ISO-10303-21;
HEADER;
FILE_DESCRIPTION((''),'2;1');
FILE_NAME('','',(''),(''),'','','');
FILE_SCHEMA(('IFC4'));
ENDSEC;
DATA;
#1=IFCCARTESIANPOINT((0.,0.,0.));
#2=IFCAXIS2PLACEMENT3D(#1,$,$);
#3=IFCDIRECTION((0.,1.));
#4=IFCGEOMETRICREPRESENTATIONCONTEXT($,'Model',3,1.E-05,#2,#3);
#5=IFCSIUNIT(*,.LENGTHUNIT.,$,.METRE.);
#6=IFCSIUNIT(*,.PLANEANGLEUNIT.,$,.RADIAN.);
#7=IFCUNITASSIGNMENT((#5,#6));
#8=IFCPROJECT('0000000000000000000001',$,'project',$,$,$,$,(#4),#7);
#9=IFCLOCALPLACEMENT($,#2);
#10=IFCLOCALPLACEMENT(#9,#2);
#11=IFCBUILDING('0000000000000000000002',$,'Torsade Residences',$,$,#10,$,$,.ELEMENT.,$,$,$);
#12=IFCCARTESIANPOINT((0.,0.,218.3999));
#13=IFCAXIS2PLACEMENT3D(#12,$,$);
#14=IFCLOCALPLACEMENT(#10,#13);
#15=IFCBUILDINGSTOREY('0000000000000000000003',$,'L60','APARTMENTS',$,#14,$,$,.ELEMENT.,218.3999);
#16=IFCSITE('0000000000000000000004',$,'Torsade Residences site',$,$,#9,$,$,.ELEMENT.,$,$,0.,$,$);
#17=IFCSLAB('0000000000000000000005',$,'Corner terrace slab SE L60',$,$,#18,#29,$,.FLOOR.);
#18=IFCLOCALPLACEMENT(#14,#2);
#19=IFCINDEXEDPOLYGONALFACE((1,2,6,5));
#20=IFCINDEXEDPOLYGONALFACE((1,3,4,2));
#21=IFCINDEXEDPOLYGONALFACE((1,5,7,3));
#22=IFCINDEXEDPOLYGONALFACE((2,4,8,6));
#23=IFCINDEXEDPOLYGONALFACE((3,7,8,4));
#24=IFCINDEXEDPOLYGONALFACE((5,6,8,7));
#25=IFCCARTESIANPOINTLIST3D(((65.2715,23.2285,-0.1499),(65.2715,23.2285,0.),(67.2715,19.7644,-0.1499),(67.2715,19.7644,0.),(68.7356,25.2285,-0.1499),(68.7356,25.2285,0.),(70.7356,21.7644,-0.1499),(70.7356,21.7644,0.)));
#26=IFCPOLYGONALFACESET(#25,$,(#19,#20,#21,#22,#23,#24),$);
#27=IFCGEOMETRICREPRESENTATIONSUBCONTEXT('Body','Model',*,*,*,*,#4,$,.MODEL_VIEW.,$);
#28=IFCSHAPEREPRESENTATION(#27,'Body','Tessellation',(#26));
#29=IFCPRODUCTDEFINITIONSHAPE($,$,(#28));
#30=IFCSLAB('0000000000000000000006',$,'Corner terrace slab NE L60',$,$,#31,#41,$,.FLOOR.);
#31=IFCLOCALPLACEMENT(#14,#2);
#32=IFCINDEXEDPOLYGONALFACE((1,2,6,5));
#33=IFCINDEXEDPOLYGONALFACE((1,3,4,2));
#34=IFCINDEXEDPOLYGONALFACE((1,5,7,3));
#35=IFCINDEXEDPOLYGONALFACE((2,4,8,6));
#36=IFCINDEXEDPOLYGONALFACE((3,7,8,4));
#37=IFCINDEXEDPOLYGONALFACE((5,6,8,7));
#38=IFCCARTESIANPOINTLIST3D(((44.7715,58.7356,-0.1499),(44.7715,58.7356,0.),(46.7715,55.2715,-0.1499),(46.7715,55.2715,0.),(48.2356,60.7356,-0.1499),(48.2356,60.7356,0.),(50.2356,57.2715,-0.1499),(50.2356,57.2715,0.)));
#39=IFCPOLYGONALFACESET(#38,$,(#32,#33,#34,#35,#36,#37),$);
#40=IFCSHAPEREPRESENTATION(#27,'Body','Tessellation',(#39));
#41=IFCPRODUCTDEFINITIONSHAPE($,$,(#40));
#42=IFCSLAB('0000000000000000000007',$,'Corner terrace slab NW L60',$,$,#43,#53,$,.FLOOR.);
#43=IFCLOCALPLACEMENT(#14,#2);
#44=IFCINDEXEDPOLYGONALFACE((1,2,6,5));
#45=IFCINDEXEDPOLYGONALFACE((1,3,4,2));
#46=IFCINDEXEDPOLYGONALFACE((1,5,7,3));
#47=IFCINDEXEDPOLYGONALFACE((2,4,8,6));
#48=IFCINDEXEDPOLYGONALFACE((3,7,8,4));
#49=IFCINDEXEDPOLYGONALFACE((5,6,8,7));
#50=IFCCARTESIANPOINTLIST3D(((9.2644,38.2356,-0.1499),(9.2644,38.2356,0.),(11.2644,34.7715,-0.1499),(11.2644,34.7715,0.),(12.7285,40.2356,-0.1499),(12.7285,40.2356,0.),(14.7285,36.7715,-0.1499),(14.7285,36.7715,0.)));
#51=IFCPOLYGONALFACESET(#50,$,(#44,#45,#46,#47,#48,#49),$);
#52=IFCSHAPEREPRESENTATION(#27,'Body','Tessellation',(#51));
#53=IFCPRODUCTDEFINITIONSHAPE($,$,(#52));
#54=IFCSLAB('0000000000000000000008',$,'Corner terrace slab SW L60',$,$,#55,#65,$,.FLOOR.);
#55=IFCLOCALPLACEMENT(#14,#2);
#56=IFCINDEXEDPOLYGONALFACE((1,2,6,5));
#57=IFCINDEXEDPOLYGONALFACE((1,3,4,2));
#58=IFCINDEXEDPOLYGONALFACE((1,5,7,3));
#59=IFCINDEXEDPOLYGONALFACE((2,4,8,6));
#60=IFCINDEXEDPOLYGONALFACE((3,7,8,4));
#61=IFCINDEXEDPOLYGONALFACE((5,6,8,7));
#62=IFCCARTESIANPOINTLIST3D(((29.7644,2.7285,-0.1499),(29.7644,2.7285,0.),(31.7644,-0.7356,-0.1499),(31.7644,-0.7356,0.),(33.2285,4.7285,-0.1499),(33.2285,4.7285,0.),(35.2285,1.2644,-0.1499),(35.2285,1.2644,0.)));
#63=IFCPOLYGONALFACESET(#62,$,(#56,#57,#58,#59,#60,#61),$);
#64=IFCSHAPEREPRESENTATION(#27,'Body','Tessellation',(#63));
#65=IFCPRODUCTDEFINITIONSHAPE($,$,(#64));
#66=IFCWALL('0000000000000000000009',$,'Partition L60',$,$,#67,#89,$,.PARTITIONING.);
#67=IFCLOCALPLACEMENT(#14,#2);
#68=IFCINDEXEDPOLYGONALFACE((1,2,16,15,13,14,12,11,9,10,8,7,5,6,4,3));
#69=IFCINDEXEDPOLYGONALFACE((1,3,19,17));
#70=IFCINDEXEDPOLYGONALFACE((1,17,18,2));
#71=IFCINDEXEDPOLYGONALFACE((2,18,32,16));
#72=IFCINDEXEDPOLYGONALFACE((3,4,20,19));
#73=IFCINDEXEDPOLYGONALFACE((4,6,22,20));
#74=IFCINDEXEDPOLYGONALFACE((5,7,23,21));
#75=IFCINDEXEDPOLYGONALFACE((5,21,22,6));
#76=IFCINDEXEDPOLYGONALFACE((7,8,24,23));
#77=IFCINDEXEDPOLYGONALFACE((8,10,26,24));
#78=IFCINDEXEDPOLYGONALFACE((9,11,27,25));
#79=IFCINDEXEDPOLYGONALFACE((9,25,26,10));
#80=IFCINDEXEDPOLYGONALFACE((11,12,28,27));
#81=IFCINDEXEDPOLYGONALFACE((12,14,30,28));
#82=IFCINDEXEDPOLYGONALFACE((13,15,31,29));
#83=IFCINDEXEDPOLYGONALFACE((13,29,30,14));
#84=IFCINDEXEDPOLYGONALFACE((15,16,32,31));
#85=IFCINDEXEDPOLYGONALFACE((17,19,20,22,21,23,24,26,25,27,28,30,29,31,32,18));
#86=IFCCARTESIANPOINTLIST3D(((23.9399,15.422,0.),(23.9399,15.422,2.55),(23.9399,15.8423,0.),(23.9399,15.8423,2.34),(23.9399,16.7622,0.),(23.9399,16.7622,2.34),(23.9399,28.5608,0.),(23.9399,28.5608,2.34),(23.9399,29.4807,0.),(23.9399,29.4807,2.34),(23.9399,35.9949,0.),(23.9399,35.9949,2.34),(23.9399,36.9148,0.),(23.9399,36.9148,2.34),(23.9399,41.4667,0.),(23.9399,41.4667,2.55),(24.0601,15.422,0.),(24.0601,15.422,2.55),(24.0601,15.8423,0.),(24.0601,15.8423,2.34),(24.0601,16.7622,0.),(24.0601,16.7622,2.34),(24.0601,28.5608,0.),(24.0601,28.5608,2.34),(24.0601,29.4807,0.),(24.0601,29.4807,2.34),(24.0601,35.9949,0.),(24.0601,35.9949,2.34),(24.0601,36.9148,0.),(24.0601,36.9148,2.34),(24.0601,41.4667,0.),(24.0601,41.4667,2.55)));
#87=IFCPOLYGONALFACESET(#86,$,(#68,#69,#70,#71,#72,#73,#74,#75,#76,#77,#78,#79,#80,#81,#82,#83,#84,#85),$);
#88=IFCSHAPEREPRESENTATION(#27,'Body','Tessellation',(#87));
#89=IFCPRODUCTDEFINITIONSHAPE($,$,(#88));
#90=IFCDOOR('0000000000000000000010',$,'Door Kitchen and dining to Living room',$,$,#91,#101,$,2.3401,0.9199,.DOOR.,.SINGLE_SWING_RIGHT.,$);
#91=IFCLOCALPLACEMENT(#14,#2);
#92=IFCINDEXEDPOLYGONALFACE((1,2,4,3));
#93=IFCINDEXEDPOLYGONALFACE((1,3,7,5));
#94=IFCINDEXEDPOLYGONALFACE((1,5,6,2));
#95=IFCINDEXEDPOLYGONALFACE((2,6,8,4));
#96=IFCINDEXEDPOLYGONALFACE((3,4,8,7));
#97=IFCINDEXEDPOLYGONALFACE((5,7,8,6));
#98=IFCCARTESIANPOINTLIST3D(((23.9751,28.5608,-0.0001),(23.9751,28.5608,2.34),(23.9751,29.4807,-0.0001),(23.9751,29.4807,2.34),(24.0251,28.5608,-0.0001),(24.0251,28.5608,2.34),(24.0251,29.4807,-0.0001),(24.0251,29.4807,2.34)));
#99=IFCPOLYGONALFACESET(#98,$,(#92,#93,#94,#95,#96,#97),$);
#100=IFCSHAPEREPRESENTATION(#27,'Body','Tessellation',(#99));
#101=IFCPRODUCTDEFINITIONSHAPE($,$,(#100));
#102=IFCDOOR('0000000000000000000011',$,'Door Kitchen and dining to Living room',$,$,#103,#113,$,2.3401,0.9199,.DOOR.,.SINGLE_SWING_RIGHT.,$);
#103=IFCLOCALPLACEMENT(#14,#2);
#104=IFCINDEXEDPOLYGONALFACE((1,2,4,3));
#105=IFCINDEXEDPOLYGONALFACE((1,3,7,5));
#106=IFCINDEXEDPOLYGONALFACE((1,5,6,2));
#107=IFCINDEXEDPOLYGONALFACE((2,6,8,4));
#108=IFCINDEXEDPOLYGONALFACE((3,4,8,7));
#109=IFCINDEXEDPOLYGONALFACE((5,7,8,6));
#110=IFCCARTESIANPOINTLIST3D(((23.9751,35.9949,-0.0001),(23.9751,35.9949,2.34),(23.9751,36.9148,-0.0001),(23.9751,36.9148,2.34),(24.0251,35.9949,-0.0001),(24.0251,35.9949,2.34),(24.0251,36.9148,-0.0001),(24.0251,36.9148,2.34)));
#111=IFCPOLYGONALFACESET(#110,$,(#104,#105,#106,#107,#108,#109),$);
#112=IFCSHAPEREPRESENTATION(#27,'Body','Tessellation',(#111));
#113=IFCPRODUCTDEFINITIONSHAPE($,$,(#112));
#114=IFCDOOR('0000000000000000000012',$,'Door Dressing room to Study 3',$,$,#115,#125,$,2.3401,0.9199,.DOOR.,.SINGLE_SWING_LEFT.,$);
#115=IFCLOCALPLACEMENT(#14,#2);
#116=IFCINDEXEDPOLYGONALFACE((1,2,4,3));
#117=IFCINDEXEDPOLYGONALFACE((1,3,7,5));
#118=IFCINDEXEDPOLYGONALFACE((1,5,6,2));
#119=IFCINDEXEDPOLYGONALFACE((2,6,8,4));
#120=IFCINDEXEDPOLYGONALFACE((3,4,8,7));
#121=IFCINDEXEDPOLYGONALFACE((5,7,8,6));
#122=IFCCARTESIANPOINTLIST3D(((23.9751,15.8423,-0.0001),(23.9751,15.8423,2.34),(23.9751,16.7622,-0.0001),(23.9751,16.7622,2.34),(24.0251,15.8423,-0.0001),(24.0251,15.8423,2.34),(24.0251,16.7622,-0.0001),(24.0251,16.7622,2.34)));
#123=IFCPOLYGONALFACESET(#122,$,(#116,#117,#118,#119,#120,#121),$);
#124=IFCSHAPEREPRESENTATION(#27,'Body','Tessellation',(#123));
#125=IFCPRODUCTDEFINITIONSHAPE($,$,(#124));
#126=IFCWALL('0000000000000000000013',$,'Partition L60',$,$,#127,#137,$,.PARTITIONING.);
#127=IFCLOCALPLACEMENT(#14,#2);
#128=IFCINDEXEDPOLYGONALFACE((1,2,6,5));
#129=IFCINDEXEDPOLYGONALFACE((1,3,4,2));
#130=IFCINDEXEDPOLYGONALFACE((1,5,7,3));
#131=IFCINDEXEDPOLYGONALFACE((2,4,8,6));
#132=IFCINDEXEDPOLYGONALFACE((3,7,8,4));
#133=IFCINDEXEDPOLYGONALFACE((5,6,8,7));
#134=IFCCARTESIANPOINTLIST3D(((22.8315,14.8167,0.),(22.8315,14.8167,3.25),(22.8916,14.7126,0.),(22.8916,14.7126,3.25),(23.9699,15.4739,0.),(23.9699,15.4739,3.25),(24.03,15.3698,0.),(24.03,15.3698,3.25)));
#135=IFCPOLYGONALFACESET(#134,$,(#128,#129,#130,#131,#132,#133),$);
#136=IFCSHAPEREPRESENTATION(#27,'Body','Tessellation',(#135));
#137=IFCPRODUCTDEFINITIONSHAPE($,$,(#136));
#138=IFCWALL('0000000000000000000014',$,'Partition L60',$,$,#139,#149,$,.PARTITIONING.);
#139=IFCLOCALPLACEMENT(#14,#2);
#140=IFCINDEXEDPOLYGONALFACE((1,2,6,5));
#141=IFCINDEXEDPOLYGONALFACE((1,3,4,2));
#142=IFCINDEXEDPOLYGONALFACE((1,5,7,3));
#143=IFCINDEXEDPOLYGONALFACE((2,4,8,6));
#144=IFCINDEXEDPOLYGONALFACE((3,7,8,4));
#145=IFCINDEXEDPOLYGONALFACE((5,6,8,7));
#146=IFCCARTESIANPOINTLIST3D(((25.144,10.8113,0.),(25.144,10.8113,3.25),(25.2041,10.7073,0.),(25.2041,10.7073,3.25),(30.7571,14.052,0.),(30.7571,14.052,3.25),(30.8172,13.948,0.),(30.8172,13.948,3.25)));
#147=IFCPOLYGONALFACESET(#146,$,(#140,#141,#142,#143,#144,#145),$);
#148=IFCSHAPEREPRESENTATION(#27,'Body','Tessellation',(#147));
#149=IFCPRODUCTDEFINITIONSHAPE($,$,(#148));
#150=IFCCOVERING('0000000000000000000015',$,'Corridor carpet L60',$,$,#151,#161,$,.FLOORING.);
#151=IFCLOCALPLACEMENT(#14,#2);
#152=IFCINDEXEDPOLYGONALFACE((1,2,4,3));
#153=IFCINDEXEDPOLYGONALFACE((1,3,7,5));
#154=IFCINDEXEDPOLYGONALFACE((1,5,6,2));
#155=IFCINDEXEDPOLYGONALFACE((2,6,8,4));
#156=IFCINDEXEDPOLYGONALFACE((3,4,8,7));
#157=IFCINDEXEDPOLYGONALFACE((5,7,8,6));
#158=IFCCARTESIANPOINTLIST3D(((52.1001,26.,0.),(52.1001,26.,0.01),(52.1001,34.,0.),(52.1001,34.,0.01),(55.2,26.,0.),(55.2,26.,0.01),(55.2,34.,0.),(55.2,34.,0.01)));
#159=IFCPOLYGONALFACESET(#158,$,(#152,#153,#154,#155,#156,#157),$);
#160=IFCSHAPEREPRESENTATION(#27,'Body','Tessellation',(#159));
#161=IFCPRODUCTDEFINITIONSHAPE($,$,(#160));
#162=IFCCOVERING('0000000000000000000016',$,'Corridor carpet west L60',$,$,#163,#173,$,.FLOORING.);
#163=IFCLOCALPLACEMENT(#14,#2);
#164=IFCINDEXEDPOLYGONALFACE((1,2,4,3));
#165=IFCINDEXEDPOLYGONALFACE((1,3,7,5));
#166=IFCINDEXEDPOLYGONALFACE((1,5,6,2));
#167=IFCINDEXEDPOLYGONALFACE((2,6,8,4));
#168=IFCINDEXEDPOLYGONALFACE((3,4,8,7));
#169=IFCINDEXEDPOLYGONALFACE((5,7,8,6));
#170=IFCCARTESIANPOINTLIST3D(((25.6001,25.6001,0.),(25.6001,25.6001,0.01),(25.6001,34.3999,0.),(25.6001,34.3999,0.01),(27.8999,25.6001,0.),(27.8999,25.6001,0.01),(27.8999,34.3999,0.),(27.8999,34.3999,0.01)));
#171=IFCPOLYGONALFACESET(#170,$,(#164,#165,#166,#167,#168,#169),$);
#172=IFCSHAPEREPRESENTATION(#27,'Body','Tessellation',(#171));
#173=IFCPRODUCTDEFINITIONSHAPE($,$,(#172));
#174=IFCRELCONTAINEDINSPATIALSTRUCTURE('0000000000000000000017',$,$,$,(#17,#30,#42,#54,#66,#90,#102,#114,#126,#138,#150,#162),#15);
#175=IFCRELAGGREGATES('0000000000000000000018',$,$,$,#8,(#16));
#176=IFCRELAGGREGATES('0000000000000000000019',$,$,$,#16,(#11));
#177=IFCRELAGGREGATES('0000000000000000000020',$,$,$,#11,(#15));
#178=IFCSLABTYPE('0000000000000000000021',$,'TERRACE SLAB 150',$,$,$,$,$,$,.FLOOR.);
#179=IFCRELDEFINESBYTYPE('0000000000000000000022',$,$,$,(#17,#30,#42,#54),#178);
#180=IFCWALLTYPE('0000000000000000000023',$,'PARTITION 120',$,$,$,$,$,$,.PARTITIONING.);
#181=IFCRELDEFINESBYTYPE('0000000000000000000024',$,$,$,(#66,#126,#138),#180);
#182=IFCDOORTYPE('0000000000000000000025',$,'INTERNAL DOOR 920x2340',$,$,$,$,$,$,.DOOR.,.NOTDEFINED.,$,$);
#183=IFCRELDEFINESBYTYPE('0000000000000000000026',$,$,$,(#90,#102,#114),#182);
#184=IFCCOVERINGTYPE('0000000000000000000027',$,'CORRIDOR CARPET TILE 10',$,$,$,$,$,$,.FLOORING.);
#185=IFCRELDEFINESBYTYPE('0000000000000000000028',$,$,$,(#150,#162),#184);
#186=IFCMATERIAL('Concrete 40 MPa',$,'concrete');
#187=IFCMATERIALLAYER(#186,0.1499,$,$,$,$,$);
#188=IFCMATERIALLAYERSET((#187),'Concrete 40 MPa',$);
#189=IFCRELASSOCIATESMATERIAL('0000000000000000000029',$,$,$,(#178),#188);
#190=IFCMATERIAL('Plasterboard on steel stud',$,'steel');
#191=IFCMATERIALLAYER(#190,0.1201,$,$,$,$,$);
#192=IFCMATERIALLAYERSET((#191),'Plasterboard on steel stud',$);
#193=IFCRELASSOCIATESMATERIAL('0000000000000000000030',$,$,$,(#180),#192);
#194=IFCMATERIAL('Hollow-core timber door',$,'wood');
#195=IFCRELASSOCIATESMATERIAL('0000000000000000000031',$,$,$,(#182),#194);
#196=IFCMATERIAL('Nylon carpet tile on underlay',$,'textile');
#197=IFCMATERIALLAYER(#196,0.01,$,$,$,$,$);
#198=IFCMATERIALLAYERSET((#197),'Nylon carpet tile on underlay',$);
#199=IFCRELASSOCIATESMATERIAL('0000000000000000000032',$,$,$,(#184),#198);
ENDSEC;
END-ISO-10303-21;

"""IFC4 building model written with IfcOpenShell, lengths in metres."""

from ifc_helpers import new_model, si_unit, direction, frame, frame_2d, origin, place, context, subcontext, project, spatial, polyline, rectangle, outline, extrude, material, layer, layer_set, type_object, element, fill, save


model = new_model("IFC4")

# Units and contexts
model_context = context("Model", 3, precision=1e-05, world=origin(), true_north=direction((0.0, 1.0)))
body_context = subcontext(model_context, "Body", "Model", "MODEL_VIEW")
ifc_project = project(units=[si_unit("LENGTHUNIT", "METRE"), si_unit("PLANEANGLEUNIT", "RADIAN")], contexts=[model_context])

# Site, building, storey
site_placement = place(None, origin())
site = spatial("IfcSite", under=ifc_project, at=site_placement, Name="Torsade Residences site", CompositionType="ELEMENT", RefElevation=0.0)
building_placement = place(site_placement, origin())
building = spatial("IfcBuilding", under=site, at=building_placement, Name="Torsade Residences", CompositionType="ELEMENT")
storey_placement = place(building_placement, frame((0.0, 0.0, 218.3999)))
storey = spatial("IfcBuildingStorey", under=building, at=storey_placement, Name="L60", Description="APARTMENTS", CompositionType="ELEMENT", Elevation=218.3999)

# Slabs
ifc_material_1 = material(Name="Concrete 40 MPa", Category="concrete")
ifc_layer_1 = layer(ifc_material_1, 0.1499)
ifc_layer_set_1 = layer_set([ifc_layer_1], Name="Concrete 40 MPa")
slab_type_1 = type_object("IfcSlabType", Name="TERRACE SLAB 150", PredefinedType="FLOOR", material=ifc_layer_set_1)
slab_1_placement = place(storey_placement, frame((0.0, 0.0, -0.1499)))
element("IfcSlab", 1, at=slab_1_placement, inside=storey, type_object=slab_type_1, Name="Corner terrace slab SE L60", PredefinedType="FLOOR", context=body_context, shape_type="SweptSolid", body=[
    extrude(outline(polyline([(67.2715, 19.7644), (70.7356, 21.7644), (68.7356, 25.2285), (65.2715, 23.2285), (67.2715, 19.7644)])), origin(), (0.0, 0.0, 1.0), 0.1499),
])
slab_2_placement = place(storey_placement, frame((0.0, 0.0, -0.1499)))
element("IfcSlab", 2, at=slab_2_placement, inside=storey, type_object=slab_type_1, Name="Corner terrace slab NE L60", PredefinedType="FLOOR", context=body_context, shape_type="SweptSolid", body=[
    extrude(outline(polyline([(46.7715, 55.2715), (50.2356, 57.2715), (48.2356, 60.7356), (44.7715, 58.7356), (46.7715, 55.2715)])), origin(), (0.0, 0.0, 1.0), 0.1499),
])
slab_3_placement = place(storey_placement, frame((0.0, 0.0, -0.1499)))
element("IfcSlab", 3, at=slab_3_placement, inside=storey, type_object=slab_type_1, Name="Corner terrace slab NW L60", PredefinedType="FLOOR", context=body_context, shape_type="SweptSolid", body=[
    extrude(outline(polyline([(11.2644, 34.7715), (14.7285, 36.7715), (12.7285, 40.2356), (9.2644, 38.2356), (11.2644, 34.7715)])), origin(), (0.0, 0.0, 1.0), 0.1499),
])
slab_4_placement = place(storey_placement, frame((0.0, 0.0, -0.1499)))
element("IfcSlab", 4, at=slab_4_placement, inside=storey, type_object=slab_type_1, Name="Corner terrace slab SW L60", PredefinedType="FLOOR", context=body_context, shape_type="SweptSolid", body=[
    extrude(outline(polyline([(31.7644, -0.7356), (35.2285, 1.2644), (33.2285, 4.7285), (29.7644, 2.7285), (31.7644, -0.7356)])), origin(), (0.0, 0.0, 1.0), 0.1499),
])

# Wall, openings, doors
ifc_material_2 = material(Name="Plasterboard on steel stud", Category="steel")
ifc_layer_2 = layer(ifc_material_2, 0.1201)
ifc_layer_set_2 = layer_set([ifc_layer_2], Name="Plasterboard on steel stud")
wall_type = type_object("IfcWallType", Name="PARTITION 120", PredefinedType="PARTITIONING", material=ifc_layer_set_2)
wall_1_placement = place(storey_placement, frame((24.0, 15.4219, 0.0), z_axis=(0.0, 0.0, 1.0), x_axis=(0.0, 1.0, 0.0)))
wall_1 = element("IfcWall", 5, at=wall_1_placement, inside=storey, type_object=wall_type, Name="Partition L60", PredefinedType="PARTITIONING", context=body_context, shape_type="SweptSolid", body=[
    extrude(rectangle(XDim=26.0447, YDim=0.1201, at=frame_2d((13.0225, 0.0))), origin(), (0.0, 0.0, 1.0), 2.55),
])
opening_1_placement = place(wall_1_placement, frame((13.1389, 0.0, 0.0)))
opening_1 = element("IfcOpeningElement", 6, at=opening_1_placement, cuts=wall_1, PredefinedType="OPENING", context=body_context, shape_type="SweptSolid", body=[
    extrude(rectangle(XDim=0.9199, YDim=2.3401, at=frame_2d((0.46, 1.1699))), frame((0.0, 0.0701, 0.0), z_axis=(0.0, -1.0, 0.0), x_axis=(1.0, 0.0, 0.0)), (0.0, 0.0, 1.0), 0.1401),
])
opening_2_placement = place(wall_1_placement, frame((20.573, 0.0, 0.0)))
opening_2 = element("IfcOpeningElement", 7, at=opening_2_placement, cuts=wall_1, PredefinedType="OPENING", context=body_context, shape_type="SweptSolid", body=[
    extrude(rectangle(XDim=0.9199, YDim=2.3401, at=frame_2d((0.46, 1.1699))), frame((0.0, 0.0701, 0.0), z_axis=(0.0, -1.0, 0.0), x_axis=(1.0, 0.0, 0.0)), (0.0, 0.0, 1.0), 0.1401),
])
opening_3_placement = place(wall_1_placement, frame((0.4204, 0.0, 0.0)))
opening_3 = element("IfcOpeningElement", 8, at=opening_3_placement, cuts=wall_1, PredefinedType="OPENING", context=body_context, shape_type="SweptSolid", body=[
    extrude(rectangle(XDim=0.9199, YDim=2.3401, at=frame_2d((0.46, 1.1699))), frame((0.0, 0.0701, 0.0), z_axis=(0.0, -1.0, 0.0), x_axis=(1.0, 0.0, 0.0)), (0.0, 0.0, 1.0), 0.1401),
])
ifc_material_3 = material(Name="Hollow-core timber door", Category="wood")
door_type = type_object("IfcDoorType", Name="INTERNAL DOOR 920x2340", OperationType="NOTDEFINED", PredefinedType="DOOR", material=ifc_material_3)
door_1_placement = place(opening_1_placement, origin())
door_1 = element("IfcDoor", 9, at=door_1_placement, inside=storey, type_object=door_type, Name="Door Kitchen and dining to Living room", OperationType="SINGLE_SWING_RIGHT", OverallHeight=2.3401, OverallWidth=0.9199, PredefinedType="DOOR", context=body_context, shape_type="SweptSolid", body=[
    extrude(rectangle(XDim=0.9199, YDim=2.3401, at=frame_2d((0.46, 1.1699))), frame((0.0, 0.0249, 0.0), z_axis=(0.0, -1.0, 0.0), x_axis=(1.0, 0.0, 0.0)), (0.0, 0.0, 1.0), 0.05),
])
fill(opening_1, door_1)
door_2_placement = place(opening_2_placement, origin())
door_2 = element("IfcDoor", 10, at=door_2_placement, inside=storey, type_object=door_type, Name="Door Kitchen and dining to Living room", OperationType="SINGLE_SWING_RIGHT", OverallHeight=2.3401, OverallWidth=0.9199, PredefinedType="DOOR", context=body_context, shape_type="SweptSolid", body=[
    extrude(rectangle(XDim=0.9199, YDim=2.3401, at=frame_2d((0.46, 1.1699))), frame((0.0, 0.0249, 0.0), z_axis=(0.0, -1.0, 0.0), x_axis=(1.0, 0.0, 0.0)), (0.0, 0.0, 1.0), 0.05),
])
fill(opening_2, door_2)
door_3_placement = place(opening_3_placement, origin())
door_3 = element("IfcDoor", 11, at=door_3_placement, inside=storey, type_object=door_type, Name="Door Dressing room to Study 3", OperationType="SINGLE_SWING_LEFT", OverallHeight=2.3401, OverallWidth=0.9199, PredefinedType="DOOR", context=body_context, shape_type="SweptSolid", body=[
    extrude(rectangle(XDim=0.9199, YDim=2.3401, at=frame_2d((0.46, 1.1699))), frame((0.0, 0.0249, 0.0), z_axis=(0.0, -1.0, 0.0), x_axis=(1.0, 0.0, 0.0)), (0.0, 0.0, 1.0), 0.05),
])
fill(opening_3, door_3)

# Walls
wall_2_placement = place(storey_placement, frame((22.8616, 14.7646, 0.0), z_axis=(0.0, 0.0, 1.0), x_axis=(0.86604, 0.499974, 0.0)))
element("IfcWall", 12, at=wall_2_placement, inside=storey, type_object=wall_type, Name="Partition L60", PredefinedType="PARTITIONING", context=body_context, shape_type="SweptSolid", body=[
    extrude(rectangle(XDim=1.3145, YDim=0.1201, at=frame_2d((0.6572, 0.0))), origin(), (0.0, 0.0, 1.0), 3.25),
])
wall_3_placement = place(storey_placement, frame((25.1741, 10.7593, 0.0), z_axis=(0.0, 0.0, 1.0), x_axis=(0.866023, 0.500004, 0.0)))
element("IfcWall", 13, at=wall_3_placement, inside=storey, type_object=wall_type, Name="Partition L60", PredefinedType="PARTITIONING", context=body_context, shape_type="SweptSolid", body=[
    extrude(rectangle(XDim=6.4814, YDim=0.1201, at=frame_2d((3.2407, 0.0))), origin(), (0.0, 0.0, 1.0), 3.25),
])

# Coverings
ifc_material_4 = material(Name="Nylon carpet tile on underlay", Category="textile")
ifc_layer_3 = layer(ifc_material_4, 0.01)
ifc_layer_set_3 = layer_set([ifc_layer_3], Name="Nylon carpet tile on underlay")
covering_type_1 = type_object("IfcCoveringType", Name="CORRIDOR CARPET TILE 10", PredefinedType="FLOORING", material=ifc_layer_set_3)
covering_1_placement = place(storey_placement, origin())
element("IfcCovering", 14, at=covering_1_placement, inside=storey, type_object=covering_type_1, Name="Corridor carpet L60", PredefinedType="FLOORING", context=body_context, shape_type="SweptSolid", body=[
    extrude(outline(polyline([(55.2, 26.0), (55.2, 34.0), (52.1001, 34.0), (52.1001, 26.0), (55.2, 26.0)])), origin(), (0.0, 0.0, 1.0), 0.01),
])
covering_2_placement = place(storey_placement, origin())
element("IfcCovering", 15, at=covering_2_placement, inside=storey, type_object=covering_type_1, Name="Corridor carpet west L60", PredefinedType="FLOORING", context=body_context, shape_type="SweptSolid", body=[
    extrude(outline(polyline([(27.8999, 25.6001), (27.8999, 34.3999), (25.6001, 34.3999), (25.6001, 25.6001), (27.8999, 25.6001)])), origin(), (0.0, 0.0, 1.0), 0.01),
])

save(model, "model.ifc")
